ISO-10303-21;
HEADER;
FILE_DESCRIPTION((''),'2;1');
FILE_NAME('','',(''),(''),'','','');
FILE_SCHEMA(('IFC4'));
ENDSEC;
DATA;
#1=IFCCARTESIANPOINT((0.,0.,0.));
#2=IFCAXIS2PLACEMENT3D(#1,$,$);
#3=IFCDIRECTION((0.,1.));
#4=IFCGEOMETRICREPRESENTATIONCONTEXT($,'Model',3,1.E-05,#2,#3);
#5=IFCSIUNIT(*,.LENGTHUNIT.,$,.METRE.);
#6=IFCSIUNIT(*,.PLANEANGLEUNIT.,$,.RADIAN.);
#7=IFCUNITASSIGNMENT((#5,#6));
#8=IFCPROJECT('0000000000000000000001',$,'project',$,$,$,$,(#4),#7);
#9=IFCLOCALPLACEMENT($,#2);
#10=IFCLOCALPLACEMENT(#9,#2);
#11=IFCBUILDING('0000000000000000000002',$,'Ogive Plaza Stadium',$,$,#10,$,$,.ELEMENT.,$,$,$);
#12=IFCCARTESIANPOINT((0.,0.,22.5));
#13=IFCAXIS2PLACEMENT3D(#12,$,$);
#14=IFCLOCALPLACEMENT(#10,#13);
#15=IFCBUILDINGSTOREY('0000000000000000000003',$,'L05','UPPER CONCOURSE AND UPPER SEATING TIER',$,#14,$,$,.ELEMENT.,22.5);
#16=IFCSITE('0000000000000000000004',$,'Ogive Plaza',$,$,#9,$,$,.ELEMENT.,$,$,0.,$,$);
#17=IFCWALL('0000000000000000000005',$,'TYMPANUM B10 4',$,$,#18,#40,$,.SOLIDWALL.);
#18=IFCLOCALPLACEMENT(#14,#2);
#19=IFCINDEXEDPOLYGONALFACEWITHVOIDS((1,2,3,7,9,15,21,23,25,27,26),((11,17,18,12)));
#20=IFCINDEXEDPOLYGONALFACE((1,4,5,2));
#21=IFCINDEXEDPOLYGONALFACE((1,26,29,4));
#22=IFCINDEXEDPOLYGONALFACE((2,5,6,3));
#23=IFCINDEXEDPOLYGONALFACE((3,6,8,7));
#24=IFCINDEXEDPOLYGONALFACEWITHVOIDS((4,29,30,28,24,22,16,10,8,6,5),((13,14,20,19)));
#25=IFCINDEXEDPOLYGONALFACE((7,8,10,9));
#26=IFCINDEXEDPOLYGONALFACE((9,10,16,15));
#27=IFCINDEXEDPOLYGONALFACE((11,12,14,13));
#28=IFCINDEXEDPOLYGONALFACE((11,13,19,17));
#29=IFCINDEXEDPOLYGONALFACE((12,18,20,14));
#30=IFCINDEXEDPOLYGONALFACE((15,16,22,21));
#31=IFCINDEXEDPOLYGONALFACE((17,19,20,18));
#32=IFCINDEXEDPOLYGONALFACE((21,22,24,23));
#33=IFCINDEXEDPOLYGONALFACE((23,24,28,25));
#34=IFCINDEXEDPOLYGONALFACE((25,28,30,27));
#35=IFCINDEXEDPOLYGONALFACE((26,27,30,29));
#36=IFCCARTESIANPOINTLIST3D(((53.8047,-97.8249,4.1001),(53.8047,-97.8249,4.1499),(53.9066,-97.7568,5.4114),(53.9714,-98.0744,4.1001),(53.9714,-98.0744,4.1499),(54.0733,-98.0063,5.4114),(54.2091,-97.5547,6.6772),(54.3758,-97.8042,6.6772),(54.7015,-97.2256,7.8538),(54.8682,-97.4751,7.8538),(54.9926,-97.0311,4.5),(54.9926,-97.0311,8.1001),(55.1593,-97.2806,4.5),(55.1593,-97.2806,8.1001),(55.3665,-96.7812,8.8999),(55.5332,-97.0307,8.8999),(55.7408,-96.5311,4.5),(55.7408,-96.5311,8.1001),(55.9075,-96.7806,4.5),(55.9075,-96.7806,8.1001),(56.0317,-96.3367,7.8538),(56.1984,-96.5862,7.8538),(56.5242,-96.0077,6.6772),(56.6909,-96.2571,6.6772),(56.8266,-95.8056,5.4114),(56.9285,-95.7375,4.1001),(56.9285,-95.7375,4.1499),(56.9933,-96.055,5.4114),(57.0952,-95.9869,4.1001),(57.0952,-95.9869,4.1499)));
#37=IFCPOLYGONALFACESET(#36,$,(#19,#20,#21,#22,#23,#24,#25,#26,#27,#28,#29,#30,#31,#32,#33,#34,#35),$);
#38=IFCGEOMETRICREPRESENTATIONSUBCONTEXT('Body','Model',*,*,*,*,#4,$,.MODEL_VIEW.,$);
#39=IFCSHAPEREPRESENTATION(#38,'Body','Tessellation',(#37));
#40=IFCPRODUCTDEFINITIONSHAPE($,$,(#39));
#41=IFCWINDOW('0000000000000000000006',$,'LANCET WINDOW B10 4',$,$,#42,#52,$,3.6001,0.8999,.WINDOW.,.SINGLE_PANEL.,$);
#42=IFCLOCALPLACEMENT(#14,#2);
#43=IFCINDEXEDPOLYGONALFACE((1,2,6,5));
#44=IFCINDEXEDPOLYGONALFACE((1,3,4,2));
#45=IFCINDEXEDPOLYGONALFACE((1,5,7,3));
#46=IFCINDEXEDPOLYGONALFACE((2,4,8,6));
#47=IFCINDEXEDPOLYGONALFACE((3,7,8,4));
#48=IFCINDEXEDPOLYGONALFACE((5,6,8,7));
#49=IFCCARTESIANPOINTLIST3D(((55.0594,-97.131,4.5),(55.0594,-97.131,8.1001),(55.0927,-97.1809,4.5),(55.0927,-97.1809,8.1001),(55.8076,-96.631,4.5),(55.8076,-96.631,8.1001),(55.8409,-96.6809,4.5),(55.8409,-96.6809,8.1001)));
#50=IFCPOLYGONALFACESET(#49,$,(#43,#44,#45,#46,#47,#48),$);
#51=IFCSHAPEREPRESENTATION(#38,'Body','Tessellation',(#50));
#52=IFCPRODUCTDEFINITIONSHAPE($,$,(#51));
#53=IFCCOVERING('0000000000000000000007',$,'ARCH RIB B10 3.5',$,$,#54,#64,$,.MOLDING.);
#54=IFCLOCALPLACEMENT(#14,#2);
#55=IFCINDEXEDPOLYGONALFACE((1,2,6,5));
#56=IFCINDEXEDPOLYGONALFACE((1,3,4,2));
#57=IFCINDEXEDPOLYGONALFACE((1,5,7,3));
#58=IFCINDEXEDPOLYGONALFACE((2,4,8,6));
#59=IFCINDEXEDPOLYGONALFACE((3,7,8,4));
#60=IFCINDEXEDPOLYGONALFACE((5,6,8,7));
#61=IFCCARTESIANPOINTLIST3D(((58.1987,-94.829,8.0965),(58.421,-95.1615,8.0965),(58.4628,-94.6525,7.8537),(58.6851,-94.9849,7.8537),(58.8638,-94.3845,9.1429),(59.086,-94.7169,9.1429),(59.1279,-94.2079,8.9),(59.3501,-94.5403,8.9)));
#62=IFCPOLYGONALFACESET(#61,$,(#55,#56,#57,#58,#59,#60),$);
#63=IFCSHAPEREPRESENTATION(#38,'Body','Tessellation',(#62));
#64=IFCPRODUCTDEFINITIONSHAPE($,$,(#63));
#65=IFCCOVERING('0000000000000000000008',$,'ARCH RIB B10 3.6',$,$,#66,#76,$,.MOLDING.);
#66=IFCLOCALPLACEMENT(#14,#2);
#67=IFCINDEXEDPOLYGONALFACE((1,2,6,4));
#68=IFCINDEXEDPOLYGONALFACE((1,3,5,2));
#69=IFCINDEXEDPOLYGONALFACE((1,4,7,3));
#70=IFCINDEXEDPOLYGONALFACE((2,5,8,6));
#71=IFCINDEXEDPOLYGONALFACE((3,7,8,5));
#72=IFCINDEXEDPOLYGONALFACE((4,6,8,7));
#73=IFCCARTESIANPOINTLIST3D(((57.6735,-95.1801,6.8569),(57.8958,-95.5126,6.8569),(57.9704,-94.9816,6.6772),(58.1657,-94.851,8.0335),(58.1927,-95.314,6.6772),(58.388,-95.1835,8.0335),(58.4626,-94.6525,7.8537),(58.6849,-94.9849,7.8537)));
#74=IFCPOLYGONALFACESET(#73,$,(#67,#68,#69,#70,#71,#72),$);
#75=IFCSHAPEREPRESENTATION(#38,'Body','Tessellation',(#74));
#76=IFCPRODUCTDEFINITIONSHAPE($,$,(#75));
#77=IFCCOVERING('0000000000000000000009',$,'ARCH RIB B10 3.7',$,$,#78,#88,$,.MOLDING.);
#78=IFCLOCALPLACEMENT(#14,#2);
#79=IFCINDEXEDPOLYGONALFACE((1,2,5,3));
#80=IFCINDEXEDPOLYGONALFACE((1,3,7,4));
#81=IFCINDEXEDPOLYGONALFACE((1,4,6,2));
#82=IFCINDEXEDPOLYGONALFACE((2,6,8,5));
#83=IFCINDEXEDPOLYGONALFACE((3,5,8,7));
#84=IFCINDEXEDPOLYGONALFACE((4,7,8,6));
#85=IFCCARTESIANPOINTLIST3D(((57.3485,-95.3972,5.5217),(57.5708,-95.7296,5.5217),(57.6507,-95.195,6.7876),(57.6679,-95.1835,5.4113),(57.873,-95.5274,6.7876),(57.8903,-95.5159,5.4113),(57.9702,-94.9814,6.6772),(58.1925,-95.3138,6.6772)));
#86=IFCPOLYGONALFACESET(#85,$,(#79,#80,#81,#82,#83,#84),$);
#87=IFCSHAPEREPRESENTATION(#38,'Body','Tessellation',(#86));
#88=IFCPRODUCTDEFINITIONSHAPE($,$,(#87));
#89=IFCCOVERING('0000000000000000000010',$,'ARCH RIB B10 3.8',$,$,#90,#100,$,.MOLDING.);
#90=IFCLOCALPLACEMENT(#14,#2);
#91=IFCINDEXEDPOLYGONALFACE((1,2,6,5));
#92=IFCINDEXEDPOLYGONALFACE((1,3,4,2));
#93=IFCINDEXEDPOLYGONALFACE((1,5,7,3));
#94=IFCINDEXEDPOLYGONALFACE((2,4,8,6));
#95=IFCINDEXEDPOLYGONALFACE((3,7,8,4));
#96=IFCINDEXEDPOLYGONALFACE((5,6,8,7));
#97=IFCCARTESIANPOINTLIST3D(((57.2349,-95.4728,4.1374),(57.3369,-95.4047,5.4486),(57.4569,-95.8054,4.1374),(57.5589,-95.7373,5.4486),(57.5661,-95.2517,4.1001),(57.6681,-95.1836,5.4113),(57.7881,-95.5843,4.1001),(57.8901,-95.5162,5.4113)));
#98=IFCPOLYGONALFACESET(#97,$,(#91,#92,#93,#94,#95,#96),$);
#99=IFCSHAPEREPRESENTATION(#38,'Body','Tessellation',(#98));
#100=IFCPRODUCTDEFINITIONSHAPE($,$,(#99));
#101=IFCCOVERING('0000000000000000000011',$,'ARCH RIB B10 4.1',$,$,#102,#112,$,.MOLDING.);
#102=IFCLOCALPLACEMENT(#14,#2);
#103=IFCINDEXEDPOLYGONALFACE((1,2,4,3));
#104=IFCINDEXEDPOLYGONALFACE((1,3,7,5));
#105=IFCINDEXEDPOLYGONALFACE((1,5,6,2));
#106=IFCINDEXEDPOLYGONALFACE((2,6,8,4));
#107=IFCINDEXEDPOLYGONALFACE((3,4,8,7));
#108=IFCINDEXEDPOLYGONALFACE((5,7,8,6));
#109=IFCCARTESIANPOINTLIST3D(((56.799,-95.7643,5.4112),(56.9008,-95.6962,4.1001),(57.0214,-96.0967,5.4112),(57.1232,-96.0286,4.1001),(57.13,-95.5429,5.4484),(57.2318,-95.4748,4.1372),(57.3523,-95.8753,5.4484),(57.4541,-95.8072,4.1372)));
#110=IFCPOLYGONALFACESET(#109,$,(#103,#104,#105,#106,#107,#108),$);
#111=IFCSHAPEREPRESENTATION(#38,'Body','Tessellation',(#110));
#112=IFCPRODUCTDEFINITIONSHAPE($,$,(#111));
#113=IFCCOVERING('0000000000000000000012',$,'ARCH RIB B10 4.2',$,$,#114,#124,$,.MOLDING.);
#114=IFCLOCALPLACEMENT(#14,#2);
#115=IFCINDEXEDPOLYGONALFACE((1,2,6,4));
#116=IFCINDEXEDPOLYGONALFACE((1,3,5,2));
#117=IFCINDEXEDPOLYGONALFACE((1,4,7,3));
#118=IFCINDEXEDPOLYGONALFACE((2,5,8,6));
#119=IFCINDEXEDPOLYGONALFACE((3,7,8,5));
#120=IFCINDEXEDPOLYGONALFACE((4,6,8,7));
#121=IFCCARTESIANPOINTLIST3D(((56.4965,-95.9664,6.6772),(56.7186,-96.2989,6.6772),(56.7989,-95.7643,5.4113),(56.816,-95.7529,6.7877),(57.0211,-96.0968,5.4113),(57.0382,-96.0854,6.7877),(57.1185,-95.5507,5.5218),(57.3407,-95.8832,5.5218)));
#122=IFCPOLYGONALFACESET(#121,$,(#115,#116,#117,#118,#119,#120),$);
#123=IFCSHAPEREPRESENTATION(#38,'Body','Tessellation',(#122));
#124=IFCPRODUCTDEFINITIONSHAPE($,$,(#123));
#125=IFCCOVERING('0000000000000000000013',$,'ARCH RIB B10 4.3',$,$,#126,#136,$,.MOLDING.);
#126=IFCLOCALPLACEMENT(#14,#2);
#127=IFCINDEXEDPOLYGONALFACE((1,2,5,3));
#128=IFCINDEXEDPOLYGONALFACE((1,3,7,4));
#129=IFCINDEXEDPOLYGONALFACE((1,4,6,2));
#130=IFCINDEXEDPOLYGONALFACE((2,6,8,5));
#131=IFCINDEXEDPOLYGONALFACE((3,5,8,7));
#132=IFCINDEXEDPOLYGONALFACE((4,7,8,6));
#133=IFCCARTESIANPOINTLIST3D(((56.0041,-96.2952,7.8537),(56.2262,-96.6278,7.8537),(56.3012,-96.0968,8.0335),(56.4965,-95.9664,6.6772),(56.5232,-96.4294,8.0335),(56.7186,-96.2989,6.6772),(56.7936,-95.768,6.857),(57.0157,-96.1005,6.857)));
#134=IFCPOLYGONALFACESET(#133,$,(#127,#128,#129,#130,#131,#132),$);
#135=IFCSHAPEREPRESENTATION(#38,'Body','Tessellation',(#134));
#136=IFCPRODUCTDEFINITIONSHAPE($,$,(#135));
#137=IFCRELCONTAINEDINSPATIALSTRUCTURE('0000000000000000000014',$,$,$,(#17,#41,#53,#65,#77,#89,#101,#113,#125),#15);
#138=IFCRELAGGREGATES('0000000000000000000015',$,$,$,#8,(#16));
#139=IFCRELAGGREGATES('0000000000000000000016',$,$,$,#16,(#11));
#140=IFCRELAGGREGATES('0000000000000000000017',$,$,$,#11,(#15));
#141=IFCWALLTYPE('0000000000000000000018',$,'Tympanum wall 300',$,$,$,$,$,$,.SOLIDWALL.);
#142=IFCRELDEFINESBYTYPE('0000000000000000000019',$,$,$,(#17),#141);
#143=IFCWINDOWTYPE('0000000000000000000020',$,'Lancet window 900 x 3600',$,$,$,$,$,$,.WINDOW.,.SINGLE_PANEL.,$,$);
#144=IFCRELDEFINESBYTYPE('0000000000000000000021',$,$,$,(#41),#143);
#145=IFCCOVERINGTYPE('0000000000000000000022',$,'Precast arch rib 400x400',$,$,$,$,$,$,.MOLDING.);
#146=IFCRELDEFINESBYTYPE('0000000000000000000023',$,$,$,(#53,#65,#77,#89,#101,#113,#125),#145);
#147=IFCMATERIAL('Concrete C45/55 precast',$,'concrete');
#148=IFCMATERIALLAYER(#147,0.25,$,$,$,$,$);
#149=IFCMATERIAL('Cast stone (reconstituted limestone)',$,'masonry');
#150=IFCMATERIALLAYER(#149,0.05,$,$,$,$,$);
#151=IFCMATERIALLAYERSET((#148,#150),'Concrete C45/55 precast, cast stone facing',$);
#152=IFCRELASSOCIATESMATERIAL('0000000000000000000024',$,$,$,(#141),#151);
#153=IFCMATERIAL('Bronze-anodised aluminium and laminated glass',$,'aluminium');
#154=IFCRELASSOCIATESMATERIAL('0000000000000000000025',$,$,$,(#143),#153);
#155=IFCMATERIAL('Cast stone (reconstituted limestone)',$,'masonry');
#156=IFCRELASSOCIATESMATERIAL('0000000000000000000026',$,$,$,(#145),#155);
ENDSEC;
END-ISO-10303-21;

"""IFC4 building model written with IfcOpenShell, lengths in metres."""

from ifc_helpers import new_model, si_unit, direction, frame, frame_2d, origin, origin_2d, place, context, subcontext, project, spatial, polyline, rectangle, outline, extrude, material, layer, layer_set, material_profile, profile_set, type_object, element, fill, save


model = new_model("IFC4")

# Units and contexts
model_context = context("Model", 3, precision=1e-05, world=origin(), true_north=direction((0.0, 1.0)))
body_context = subcontext(model_context, "Body", "Model", "MODEL_VIEW")
ifc_project = project(units=[si_unit("LENGTHUNIT", "METRE"), si_unit("PLANEANGLEUNIT", "RADIAN")], contexts=[model_context])

# Site, building, storey
site_placement = place(None, origin())
site = spatial("IfcSite", under=ifc_project, at=site_placement, Name="Ogive Plaza", CompositionType="ELEMENT", RefElevation=0.0)
building_placement = place(site_placement, origin())
building = spatial("IfcBuilding", under=site, at=building_placement, Name="Ogive Plaza Stadium", CompositionType="ELEMENT")
storey_placement = place(building_placement, frame((0.0, 0.0, 22.5)))
storey = spatial("IfcBuildingStorey", under=building, at=storey_placement, Name="L05", Description="UPPER CONCOURSE AND UPPER SEATING TIER", CompositionType="ELEMENT", Elevation=22.5)

# Wall, opening, window
ifc_material_1 = material(Name="Concrete C45/55 precast", Category="concrete")
ifc_layer_1 = layer(ifc_material_1, 0.25)
ifc_material_2 = material(Name="Cast stone (reconstituted limestone)", Category="masonry")
ifc_layer_2 = layer(ifc_material_2, 0.05)
ifc_layer_set_1 = layer_set([ifc_layer_1, ifc_layer_2], Name="Concrete C45/55 precast, cast stone facing")
wall_type = type_object("IfcWallType", Name="Tympanum wall 300", PredefinedType="SOLIDWALL", material=ifc_layer_set_1)
wall_placement = place(storey_placement, frame((57.012, -95.8623, 4.1001), z_axis=(0.0, 0.0, 1.0), x_axis=(-0.83145, -0.5556, 0.0)))
wall = element("IfcWall", 1, at=wall_placement, inside=storey, type_object=wall_type, Name="TYMPANUM B10 4", PredefinedType="SOLIDWALL", context=body_context, shape_type="SweptSolid", body=[
    extrude(outline(polyline([(0.0, 0.0), (3.7571, 0.0), (3.7571, 0.0498), (3.6345, 1.3113), (3.2708, 2.5771), (2.6785, 3.7537), (1.8787, 4.7998), (1.0786, 3.7537), (0.4863, 2.5771), (0.1226, 1.3113), (0.0, 0.0498), (0.0, 0.0)])), frame((0.0, 0.1499, 0.0), z_axis=(0.0, -1.0, 0.0), x_axis=(1.0, 0.0, 0.0)), (0.0, 0.0, 1.0), 0.3),
])
opening_placement = place(wall_placement, frame((1.4285, 0.0, 0.3999)))
opening = element("IfcOpeningElement", 2, at=opening_placement, cuts=wall, PredefinedType="OPENING", context=body_context, shape_type="SweptSolid", body=[
    extrude(rectangle(XDim=0.8999, YDim=3.6001, at=frame_2d((0.45, 1.8))), frame((0.0, 0.1602, 0.0), z_axis=(0.0, -1.0, 0.0), x_axis=(1.0, 0.0, 0.0)), (0.0, 0.0, 1.0), 0.3201),
])
ifc_material_3 = material(Name="Bronze-anodised aluminium and laminated glass", Category="aluminium")
window_type = type_object("IfcWindowType", Name="Lancet window 900 x 3600", PartitioningType="SINGLE_PANEL", PredefinedType="WINDOW", material=ifc_material_3)
window_placement = place(opening_placement, origin())
window = element("IfcWindow", 3, at=window_placement, inside=storey, type_object=window_type, Name="LANCET WINDOW B10 4", OverallHeight=3.6001, OverallWidth=0.8999, PartitioningType="SINGLE_PANEL", PredefinedType="WINDOW", context=body_context, shape_type="SweptSolid", body=[
    extrude(rectangle(XDim=0.8999, YDim=3.6001, at=frame_2d((0.45, 1.8))), frame((0.0, 0.03, 0.0), z_axis=(0.0, -1.0, 0.0), x_axis=(1.0, 0.0, 0.0)), (0.0, 0.0, 1.0), 0.0601),
])
fill(opening, window)

# Coverings
ifc_material_4 = material(Name="Cast stone (reconstituted limestone)", Category="masonry")
ifc_material_profile_1 = material_profile(ifc_material_4, rectangle(XDim=0.3999, YDim=0.3999, at=origin_2d()), Name="Cast stone 400x400")
ifc_profile_set_1 = profile_set([ifc_material_profile_1], Name="Cast stone (reconstituted limestone)")
covering_type = type_object("IfcCoveringType", Name="Precast arch rib 400x400", PredefinedType="MOLDING", material=ifc_profile_set_1)
for number, where, z_axis, x_axis, name in (
    (4, (59.1069, -94.4624, 9.0215), (-0.504912, -0.337535, -0.794439), (0.555756, -0.831345, 0.0), "ARCH RIB B10 3.5"),
    (5, (58.4253, -94.918, 7.9436), (-0.373692, -0.249869, -0.893264), (0.555842, -0.831288, 0.0), "ARCH RIB B10 3.6"),
    (6, (57.9216, -95.2544, 6.7324), (-0.229486, -0.153485, -0.961134), (0.555939, -0.831223, 0.0), "ARCH RIB B10 3.7"),
):
    element("IfcCovering", number, at=place(storey_placement, frame(where, z_axis=z_axis, x_axis=x_axis)), inside=storey, type_object=covering_type, Name=name, PredefinedType="MOLDING", context=body_context, shape_type="SweptSolid", body=[
        extrude(rectangle(XDim=0.3999, YDim=0.3999, at=origin_2d()), origin(), (0.0, 0.0, 1.0), 1.3171),
    ])
for number, where, z_axis, x_axis, name in (
    (7, (57.6135, -95.4604, 5.4299), (-0.077487, -0.05172, -0.995651), (0.555159, -0.831744, 0.0), "ARCH RIB B10 3.8"),
    (8, (57.1775, -95.7517, 4.1187), (-0.077303, -0.05172, 0.995665), (0.556079, -0.831129, 0.0), "ARCH RIB B10 4.1"),
):
    element("IfcCovering", number, at=place(storey_placement, frame(where, z_axis=z_axis, x_axis=x_axis)), inside=storey, type_object=covering_type, Name=name, PredefinedType="MOLDING", context=body_context, shape_type="SweptSolid", body=[
        extrude(rectangle(XDim=0.3999, YDim=0.3999, at=origin_2d()), origin(), (0.0, 0.0, 1.0), 1.3169),
    ])
for number, where, z_axis, x_axis, name in (
    (9, (57.0698, -95.8237, 5.4666), (-0.229661, -0.153478, 0.961093), (0.555629, -0.83143, 0.0), "ARCH RIB B10 4.2"),
    (10, (56.7561, -96.0334, 6.7671), (-0.373868, -0.249678, 0.893243), (0.555366, -0.831606, 0.0), "ARCH RIB B10 4.3"),
):
    element("IfcCovering", number, at=place(storey_placement, frame(where, z_axis=z_axis, x_axis=x_axis)), inside=storey, type_object=covering_type, Name=name, PredefinedType="MOLDING", context=body_context, shape_type="SweptSolid", body=[
        extrude(rectangle(XDim=0.3999, YDim=0.3999, at=origin_2d()), origin(), (0.0, 0.0, 1.0), 1.3171),
    ])

save(model, "model.ifc")
